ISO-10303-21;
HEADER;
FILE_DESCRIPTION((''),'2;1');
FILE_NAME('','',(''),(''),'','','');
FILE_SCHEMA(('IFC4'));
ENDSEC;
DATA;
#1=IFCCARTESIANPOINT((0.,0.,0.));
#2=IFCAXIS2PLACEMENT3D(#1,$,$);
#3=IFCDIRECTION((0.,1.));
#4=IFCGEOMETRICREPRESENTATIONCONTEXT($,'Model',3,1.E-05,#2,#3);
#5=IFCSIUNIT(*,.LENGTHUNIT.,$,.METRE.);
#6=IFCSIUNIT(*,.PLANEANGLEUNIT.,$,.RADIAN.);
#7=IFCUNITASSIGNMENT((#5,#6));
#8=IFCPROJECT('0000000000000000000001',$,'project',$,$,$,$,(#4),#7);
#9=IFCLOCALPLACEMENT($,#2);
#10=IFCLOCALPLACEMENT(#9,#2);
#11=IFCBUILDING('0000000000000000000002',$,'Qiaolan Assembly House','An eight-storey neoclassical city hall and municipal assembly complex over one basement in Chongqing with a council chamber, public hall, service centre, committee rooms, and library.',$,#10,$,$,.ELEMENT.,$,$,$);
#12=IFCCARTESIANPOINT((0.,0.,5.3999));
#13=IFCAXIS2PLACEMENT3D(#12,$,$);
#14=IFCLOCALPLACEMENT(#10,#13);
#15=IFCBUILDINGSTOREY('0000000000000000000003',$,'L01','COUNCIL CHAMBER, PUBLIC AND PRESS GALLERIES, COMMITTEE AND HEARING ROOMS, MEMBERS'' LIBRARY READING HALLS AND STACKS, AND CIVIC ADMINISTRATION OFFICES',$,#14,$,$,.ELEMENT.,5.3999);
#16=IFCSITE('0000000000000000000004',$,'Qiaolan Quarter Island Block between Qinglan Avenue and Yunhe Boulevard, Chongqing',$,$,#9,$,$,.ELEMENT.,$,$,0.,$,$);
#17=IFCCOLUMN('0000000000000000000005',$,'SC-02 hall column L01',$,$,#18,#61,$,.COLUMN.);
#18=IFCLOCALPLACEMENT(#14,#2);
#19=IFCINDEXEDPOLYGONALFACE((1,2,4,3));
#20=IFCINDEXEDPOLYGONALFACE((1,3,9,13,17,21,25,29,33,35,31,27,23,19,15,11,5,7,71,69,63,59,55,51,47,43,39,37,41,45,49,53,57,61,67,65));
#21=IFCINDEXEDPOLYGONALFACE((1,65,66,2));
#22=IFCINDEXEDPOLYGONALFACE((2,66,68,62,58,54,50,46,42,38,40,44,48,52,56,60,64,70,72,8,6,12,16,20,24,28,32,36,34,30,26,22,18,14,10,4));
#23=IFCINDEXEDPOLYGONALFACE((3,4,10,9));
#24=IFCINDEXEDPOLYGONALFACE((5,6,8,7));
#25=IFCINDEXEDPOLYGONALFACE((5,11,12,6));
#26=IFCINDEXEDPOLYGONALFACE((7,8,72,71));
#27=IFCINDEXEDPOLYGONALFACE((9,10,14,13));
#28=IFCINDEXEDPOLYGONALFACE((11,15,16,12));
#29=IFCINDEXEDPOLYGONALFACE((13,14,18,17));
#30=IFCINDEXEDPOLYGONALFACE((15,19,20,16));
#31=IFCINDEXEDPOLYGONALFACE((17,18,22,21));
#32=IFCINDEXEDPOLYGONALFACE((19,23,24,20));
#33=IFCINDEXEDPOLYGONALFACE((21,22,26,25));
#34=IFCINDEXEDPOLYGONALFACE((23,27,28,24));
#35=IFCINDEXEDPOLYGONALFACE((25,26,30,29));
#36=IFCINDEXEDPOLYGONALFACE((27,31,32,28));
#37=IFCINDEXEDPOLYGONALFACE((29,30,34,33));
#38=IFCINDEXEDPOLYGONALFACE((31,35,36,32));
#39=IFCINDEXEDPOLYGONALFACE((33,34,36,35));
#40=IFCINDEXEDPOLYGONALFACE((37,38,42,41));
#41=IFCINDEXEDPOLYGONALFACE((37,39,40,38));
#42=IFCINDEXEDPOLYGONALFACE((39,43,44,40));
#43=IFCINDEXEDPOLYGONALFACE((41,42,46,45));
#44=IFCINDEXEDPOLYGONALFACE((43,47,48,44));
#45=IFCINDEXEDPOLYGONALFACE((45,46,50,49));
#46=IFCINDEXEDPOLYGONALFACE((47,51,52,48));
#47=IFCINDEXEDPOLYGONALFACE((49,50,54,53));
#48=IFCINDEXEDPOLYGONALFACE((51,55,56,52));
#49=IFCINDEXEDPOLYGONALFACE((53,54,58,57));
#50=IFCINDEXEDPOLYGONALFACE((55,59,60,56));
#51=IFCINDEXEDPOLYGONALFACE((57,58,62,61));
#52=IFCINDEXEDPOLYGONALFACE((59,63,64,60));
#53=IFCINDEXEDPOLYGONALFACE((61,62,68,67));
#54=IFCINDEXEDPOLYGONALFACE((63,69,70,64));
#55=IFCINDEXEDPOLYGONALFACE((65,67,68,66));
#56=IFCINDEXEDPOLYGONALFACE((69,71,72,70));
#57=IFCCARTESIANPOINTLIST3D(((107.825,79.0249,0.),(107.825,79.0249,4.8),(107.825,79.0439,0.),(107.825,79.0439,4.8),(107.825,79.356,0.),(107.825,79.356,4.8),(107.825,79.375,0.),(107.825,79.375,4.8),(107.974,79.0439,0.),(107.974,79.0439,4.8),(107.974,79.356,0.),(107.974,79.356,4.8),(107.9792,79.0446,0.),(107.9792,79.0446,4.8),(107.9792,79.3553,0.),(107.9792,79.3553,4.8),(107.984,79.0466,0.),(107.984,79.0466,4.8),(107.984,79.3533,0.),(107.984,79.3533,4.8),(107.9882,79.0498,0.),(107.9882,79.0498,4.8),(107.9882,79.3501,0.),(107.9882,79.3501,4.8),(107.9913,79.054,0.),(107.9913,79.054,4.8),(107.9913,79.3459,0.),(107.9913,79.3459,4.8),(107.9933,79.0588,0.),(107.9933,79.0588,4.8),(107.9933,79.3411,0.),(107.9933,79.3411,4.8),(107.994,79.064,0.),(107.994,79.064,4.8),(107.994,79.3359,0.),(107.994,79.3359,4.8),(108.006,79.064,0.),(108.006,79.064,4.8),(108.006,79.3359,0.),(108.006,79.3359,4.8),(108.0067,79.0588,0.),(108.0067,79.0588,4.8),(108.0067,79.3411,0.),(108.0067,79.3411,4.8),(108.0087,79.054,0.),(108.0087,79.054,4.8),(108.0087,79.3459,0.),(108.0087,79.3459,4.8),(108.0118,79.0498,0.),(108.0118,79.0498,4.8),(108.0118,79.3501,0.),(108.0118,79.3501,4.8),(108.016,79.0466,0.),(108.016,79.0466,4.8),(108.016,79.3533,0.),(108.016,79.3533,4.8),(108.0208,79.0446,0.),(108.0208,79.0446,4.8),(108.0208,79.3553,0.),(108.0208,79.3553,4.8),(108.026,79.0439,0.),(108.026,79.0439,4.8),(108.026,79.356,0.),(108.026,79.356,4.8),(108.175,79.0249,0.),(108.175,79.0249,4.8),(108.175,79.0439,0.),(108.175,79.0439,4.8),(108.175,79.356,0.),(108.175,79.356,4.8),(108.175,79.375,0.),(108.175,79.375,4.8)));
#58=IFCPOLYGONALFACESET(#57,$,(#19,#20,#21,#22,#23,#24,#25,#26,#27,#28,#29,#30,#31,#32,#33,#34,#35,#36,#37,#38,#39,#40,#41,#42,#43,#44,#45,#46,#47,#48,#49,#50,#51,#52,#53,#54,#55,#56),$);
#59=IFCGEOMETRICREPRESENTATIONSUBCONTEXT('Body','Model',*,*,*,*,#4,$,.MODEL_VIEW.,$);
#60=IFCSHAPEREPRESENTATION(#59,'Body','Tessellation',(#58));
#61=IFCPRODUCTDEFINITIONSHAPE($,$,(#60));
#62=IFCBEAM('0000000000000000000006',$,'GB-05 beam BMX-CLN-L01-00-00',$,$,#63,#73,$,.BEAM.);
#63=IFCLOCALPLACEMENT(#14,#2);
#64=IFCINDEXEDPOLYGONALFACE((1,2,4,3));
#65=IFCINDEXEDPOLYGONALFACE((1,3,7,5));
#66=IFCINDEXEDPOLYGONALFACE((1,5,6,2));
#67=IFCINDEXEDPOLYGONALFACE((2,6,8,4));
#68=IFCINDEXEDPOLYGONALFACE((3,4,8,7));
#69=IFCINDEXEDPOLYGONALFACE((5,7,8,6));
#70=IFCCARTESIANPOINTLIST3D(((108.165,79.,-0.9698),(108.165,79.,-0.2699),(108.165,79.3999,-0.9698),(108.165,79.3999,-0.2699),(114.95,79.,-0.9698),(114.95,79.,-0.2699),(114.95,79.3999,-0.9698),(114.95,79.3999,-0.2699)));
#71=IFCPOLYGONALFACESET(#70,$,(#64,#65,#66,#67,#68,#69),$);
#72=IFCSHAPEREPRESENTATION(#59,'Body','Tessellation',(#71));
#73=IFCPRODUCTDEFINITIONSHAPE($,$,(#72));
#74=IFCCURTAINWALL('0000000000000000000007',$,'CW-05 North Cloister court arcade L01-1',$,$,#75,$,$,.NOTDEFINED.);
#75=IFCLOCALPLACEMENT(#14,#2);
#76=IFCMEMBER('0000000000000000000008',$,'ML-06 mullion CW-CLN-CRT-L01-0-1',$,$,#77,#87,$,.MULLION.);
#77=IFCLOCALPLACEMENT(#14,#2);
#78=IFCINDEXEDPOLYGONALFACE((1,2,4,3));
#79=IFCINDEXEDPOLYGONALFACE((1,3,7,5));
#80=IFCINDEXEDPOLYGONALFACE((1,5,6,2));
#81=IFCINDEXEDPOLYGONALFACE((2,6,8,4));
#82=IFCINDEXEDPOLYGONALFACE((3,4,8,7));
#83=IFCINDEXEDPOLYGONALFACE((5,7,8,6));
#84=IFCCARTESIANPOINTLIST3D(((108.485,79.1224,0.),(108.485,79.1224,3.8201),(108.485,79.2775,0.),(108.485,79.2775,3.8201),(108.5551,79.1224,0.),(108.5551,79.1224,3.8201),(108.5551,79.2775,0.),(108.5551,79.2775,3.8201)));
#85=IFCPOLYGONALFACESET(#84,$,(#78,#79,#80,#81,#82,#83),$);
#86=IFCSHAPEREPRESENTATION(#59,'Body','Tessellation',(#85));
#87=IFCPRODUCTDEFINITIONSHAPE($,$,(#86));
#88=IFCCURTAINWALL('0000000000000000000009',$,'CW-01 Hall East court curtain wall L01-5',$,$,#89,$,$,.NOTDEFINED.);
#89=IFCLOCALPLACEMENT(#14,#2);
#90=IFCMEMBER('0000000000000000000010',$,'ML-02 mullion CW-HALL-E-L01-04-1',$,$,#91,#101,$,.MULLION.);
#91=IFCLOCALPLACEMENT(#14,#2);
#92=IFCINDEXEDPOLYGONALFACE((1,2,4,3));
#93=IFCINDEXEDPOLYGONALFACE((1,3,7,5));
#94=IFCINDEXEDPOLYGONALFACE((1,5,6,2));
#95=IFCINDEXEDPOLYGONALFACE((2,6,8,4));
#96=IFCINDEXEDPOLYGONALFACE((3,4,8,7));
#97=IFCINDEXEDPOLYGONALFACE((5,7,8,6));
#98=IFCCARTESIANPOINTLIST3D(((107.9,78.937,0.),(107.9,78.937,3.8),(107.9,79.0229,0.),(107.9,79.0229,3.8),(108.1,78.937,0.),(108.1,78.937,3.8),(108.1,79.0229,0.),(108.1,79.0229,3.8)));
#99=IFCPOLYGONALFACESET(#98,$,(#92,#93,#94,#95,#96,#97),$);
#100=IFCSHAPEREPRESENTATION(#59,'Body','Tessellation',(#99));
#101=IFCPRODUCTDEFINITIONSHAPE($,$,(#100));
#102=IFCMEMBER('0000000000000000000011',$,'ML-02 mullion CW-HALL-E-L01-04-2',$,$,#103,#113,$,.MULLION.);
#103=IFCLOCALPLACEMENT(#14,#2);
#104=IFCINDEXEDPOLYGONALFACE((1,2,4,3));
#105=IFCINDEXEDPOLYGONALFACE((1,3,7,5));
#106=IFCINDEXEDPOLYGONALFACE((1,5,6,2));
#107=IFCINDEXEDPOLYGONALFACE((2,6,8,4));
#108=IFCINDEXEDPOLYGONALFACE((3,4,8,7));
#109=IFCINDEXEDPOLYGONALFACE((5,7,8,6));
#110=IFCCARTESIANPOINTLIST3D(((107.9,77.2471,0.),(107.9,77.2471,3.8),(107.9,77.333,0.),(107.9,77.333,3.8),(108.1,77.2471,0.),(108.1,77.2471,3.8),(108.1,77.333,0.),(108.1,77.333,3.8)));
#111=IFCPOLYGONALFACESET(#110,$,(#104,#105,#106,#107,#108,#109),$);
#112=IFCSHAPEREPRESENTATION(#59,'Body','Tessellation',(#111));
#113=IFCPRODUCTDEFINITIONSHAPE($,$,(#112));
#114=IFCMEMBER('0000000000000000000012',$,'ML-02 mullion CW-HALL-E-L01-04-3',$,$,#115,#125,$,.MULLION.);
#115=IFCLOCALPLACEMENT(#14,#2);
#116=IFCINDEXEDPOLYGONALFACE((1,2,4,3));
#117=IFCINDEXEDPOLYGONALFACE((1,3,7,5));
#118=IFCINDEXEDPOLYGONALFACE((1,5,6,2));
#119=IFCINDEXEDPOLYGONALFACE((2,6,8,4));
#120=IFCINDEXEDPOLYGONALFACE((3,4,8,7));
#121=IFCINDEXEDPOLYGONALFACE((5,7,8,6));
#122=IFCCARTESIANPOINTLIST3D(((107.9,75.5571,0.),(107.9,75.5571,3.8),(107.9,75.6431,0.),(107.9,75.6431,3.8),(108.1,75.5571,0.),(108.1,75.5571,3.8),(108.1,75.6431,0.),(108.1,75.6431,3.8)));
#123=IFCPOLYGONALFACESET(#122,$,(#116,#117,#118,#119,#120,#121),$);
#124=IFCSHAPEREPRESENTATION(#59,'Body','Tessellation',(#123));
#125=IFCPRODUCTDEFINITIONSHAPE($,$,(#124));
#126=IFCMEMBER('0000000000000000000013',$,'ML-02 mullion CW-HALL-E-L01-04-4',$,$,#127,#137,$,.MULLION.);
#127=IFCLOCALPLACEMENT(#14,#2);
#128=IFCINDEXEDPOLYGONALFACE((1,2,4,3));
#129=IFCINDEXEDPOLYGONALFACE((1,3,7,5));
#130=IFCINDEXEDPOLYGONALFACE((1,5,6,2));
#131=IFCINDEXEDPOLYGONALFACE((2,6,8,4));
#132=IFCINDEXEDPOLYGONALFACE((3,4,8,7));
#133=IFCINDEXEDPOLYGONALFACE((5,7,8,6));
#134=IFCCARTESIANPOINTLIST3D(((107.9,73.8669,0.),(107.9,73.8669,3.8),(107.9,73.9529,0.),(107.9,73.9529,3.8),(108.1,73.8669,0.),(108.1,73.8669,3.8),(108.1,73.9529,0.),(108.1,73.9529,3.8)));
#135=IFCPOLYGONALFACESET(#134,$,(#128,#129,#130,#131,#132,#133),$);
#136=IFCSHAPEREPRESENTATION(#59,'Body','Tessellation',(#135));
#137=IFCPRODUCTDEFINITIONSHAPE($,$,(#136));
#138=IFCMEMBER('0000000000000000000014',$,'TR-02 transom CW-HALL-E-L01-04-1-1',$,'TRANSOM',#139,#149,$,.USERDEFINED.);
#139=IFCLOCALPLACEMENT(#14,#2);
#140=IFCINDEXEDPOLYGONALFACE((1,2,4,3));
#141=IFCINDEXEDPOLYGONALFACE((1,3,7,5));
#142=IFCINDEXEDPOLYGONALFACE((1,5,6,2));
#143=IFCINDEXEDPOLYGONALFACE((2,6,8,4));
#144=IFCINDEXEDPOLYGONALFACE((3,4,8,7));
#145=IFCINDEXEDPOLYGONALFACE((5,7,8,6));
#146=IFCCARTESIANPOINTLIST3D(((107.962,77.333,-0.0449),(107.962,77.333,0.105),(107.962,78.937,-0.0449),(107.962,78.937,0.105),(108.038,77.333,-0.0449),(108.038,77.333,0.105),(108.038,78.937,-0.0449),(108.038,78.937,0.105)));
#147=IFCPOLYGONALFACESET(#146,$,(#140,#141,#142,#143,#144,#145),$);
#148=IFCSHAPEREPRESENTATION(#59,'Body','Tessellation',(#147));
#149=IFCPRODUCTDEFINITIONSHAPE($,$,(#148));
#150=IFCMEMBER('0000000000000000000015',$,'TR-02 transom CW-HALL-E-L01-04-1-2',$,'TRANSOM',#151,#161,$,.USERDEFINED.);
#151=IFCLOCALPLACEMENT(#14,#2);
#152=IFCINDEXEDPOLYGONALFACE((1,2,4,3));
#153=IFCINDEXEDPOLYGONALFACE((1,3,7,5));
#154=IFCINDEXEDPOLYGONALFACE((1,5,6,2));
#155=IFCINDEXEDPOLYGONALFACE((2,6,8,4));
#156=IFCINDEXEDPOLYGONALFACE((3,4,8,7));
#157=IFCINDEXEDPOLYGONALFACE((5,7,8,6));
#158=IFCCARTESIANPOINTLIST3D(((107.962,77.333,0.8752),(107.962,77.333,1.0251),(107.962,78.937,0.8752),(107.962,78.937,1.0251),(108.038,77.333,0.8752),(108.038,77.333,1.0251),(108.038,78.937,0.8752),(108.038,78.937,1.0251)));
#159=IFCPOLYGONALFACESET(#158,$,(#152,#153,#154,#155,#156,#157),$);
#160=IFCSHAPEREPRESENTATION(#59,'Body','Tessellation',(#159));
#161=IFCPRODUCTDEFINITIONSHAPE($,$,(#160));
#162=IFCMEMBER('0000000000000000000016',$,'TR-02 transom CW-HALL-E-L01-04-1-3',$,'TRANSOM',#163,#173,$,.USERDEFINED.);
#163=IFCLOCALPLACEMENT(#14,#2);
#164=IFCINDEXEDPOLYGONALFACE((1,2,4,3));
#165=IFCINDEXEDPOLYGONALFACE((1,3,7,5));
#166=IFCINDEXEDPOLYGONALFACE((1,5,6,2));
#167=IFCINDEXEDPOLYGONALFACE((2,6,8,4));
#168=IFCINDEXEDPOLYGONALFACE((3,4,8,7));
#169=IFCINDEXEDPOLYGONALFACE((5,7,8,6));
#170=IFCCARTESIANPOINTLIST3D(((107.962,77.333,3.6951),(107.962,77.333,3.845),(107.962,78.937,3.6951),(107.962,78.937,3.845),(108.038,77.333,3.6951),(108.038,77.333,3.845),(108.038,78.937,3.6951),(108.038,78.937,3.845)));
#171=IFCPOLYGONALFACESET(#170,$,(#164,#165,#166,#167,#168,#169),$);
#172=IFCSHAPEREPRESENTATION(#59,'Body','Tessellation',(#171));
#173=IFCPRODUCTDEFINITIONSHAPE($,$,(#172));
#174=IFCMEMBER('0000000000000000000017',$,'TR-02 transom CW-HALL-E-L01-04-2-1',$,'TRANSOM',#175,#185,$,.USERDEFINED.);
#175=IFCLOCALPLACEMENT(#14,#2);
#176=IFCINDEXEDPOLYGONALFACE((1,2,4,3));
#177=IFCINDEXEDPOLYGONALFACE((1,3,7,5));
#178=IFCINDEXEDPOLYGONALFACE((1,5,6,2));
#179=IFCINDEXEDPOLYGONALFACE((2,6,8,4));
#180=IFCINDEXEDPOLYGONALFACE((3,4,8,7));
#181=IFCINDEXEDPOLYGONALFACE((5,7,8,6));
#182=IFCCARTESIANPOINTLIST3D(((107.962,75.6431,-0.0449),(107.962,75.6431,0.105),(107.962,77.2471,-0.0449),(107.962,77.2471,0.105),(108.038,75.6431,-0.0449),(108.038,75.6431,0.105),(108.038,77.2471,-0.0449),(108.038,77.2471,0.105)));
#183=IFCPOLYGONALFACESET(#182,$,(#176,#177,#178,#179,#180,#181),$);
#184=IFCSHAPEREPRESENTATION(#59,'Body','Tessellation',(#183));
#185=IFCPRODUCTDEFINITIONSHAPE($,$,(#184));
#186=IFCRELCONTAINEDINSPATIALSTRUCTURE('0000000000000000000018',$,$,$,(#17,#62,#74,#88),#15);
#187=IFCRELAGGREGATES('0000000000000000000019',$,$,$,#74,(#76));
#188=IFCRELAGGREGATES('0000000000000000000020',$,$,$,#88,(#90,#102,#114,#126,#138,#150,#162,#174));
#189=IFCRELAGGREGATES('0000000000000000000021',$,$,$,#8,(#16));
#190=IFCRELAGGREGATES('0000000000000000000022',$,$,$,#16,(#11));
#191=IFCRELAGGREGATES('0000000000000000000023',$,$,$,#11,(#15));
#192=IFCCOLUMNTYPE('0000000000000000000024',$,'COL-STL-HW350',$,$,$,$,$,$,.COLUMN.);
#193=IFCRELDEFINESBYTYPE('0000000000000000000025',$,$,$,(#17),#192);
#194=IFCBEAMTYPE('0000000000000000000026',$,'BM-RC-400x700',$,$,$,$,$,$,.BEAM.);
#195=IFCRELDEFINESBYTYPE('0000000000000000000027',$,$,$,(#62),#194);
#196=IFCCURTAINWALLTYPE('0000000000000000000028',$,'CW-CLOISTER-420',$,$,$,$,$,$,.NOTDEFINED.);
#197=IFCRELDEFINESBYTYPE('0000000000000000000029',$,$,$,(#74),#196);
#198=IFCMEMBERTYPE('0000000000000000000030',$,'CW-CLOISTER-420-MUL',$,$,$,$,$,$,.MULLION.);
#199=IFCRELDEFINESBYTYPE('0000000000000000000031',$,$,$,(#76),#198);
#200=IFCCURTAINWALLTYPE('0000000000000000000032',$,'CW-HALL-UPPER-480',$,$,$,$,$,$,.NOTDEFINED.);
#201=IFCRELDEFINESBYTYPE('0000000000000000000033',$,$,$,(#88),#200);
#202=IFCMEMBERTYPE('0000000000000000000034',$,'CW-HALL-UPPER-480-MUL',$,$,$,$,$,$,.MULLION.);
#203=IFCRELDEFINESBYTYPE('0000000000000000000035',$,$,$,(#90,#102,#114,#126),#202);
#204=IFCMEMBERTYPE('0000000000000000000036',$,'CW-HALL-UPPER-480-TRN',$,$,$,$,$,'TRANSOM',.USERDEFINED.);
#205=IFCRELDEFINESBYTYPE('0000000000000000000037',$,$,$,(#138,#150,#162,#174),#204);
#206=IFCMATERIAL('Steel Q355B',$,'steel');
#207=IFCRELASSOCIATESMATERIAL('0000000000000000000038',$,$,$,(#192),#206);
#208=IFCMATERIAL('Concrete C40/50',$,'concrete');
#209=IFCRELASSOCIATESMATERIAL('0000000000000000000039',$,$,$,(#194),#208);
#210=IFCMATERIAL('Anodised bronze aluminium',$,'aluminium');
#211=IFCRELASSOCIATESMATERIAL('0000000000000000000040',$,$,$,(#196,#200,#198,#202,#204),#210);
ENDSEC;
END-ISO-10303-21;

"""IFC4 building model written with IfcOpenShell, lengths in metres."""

from ifc_helpers import new_model, si_unit, direction, frame, origin, origin_2d, place, context, subcontext, project, spatial, rectangle, i_section, extrude, material, material_profile, profile_set, type_object, element, aggregate, save


model = new_model("IFC4")

# Units and contexts
model_context = context("Model", 3, precision=1e-05, world=origin(), true_north=direction((0.0, 1.0)))
body_context = subcontext(model_context, "Body", "Model", "MODEL_VIEW")
ifc_project = project(units=[si_unit("LENGTHUNIT", "METRE"), si_unit("PLANEANGLEUNIT", "RADIAN")], contexts=[model_context])

# Site, building, storey
site_placement = place(None, origin())
site = spatial("IfcSite", under=ifc_project, at=site_placement, Name="Qiaolan Quarter Island Block between Qinglan Avenue and Yunhe Boulevard, Chongqing", CompositionType="ELEMENT", RefElevation=0.0)
building_placement = place(site_placement, origin())
building = spatial("IfcBuilding", under=site, at=building_placement, Name="Qiaolan Assembly House", Description="An eight-storey neoclassical city hall and municipal assembly complex over one basement in Chongqing with a council chamber, public hall, service centre, committee rooms, and library.", CompositionType="ELEMENT")
storey_placement = place(building_placement, frame((0.0, 0.0, 5.3999)))
storey = spatial("IfcBuildingStorey", under=building, at=storey_placement, Name="L01", Description="COUNCIL CHAMBER, PUBLIC AND PRESS GALLERIES, COMMITTEE AND HEARING ROOMS, MEMBERS' LIBRARY READING HALLS AND STACKS, AND CIVIC ADMINISTRATION OFFICES", CompositionType="ELEMENT", Elevation=5.3999)

# Column
ifc_material_1 = material(Name="Steel Q355B", Category="steel")
ifc_material_profile_1 = material_profile(ifc_material_1, i_section(OverallWidth=0.3501, OverallDepth=0.3501, WebThickness=0.012, FlangeThickness=0.019, FilletRadius=0.02, at=origin_2d()), Name="HW 350x350x12x19")
ifc_profile_set_1 = profile_set([ifc_material_profile_1], Name="Steel Q355B")
column_type = type_object("IfcColumnType", Name="COL-STL-HW350", PredefinedType="COLUMN", material=ifc_profile_set_1)
column_placement = place(storey_placement, frame((108.0, 79.2, 0.0), z_axis=(0.0, 0.0, 1.0), x_axis=(1.0, 0.0, 0.0)))
element("IfcColumn", 1, at=column_placement, inside=storey, type_object=column_type, Name="SC-02 hall column L01", PredefinedType="COLUMN", context=body_context, shape_type="SweptSolid", body=[
    extrude(i_section(OverallWidth=0.3501, OverallDepth=0.3501, WebThickness=0.012, FlangeThickness=0.019, FilletRadius=0.02, at=origin_2d()), origin(), (0.0, 0.0, 1.0), 4.8),
])

# Beam
ifc_material_2 = material(Name="Concrete C40/50", Category="concrete")
ifc_material_profile_2 = material_profile(ifc_material_2, rectangle(XDim=0.3999, YDim=0.7, at=origin_2d()), Name="RCB 400x700")
ifc_profile_set_2 = profile_set([ifc_material_profile_2], Name="Concrete C40/50")
beam_type = type_object("IfcBeamType", Name="BM-RC-400x700", PredefinedType="BEAM", material=ifc_profile_set_2)
beam_placement = place(storey_placement, frame((108.165, 79.2, -0.6199), z_axis=(1.0, 0.0, 0.0), x_axis=(0.0, 1.0, 0.0)))
element("IfcBeam", 2, at=beam_placement, inside=storey, type_object=beam_type, Name="GB-05 beam BMX-CLN-L01-00-00", PredefinedType="BEAM", context=body_context, shape_type="SweptSolid", body=[
    extrude(rectangle(XDim=0.3999, YDim=0.7, at=origin_2d()), origin(), (0.0, 0.0, 1.0), 6.7849),
])

# Curtain wall, member
ifc_material_3 = material(Name="Anodised bronze aluminium", Category="aluminium")
curtain_wall_type_1 = type_object("IfcCurtainWallType", Name="CW-CLOISTER-420", PredefinedType="NOTDEFINED", material=ifc_material_3)
curtain_wall_1_placement = place(storey_placement, origin())
curtain_wall_1 = element("IfcCurtainWall", 3, at=curtain_wall_1_placement, inside=storey, type_object=curtain_wall_type_1, Name="CW-05 North Cloister court arcade L01-1", PredefinedType="NOTDEFINED")
ifc_material_profile_3 = material_profile(ifc_material_3, rectangle(XDim=0.0701, YDim=0.155, at=origin_2d()), Name="MUL 70x155")
ifc_profile_set_3 = profile_set([ifc_material_profile_3], Name="Anodised bronze aluminium")
member_type_1 = type_object("IfcMemberType", Name="CW-CLOISTER-420-MUL", PredefinedType="MULLION", material=ifc_profile_set_3)
member_1_placement = place(storey_placement, frame((108.52, 79.2, 0.0), z_axis=(0.0, 0.0, 1.0), x_axis=(1.0, 0.0, 0.0)))
member_1 = element("IfcMember", 4, at=member_1_placement, type_object=member_type_1, Name="ML-06 mullion CW-CLN-CRT-L01-0-1", PredefinedType="MULLION", context=body_context, shape_type="SweptSolid", body=[
    extrude(rectangle(XDim=0.0701, YDim=0.155, at=origin_2d()), origin(), (0.0, 0.0, 1.0), 3.8201),
])

# Curtain wall, members
curtain_wall_type_2 = type_object("IfcCurtainWallType", Name="CW-HALL-UPPER-480", PredefinedType="NOTDEFINED", material=ifc_material_3)
curtain_wall_2_placement = place(storey_placement, origin())
curtain_wall_2 = element("IfcCurtainWall", 5, at=curtain_wall_2_placement, inside=storey, type_object=curtain_wall_type_2, Name="CW-01 Hall East court curtain wall L01-5", PredefinedType="NOTDEFINED")
ifc_material_profile_4 = material_profile(ifc_material_3, rectangle(XDim=0.0859, YDim=0.2, at=origin_2d()), Name="MUL 86x200")
ifc_profile_set_4 = profile_set([ifc_material_profile_4], Name="Anodised bronze aluminium")
member_type_2 = type_object("IfcMemberType", Name="CW-HALL-UPPER-480-MUL", PredefinedType="MULLION", material=ifc_profile_set_4)
member_2_placement = place(storey_placement, frame((108.0, 78.98, 0.0), z_axis=(0.0, 0.0, 1.0), x_axis=(0.0, -1.0, 0.0)))
member_2 = element("IfcMember", 6, at=member_2_placement, type_object=member_type_2, Name="ML-02 mullion CW-HALL-E-L01-04-1", PredefinedType="MULLION", context=body_context, shape_type="SweptSolid", body=[
    extrude(rectangle(XDim=0.0859, YDim=0.2, at=origin_2d()), origin(), (0.0, 0.0, 1.0), 3.8),
])
member_3_placement = place(storey_placement, frame((108.0, 77.29, 0.0), z_axis=(0.0, 0.0, 1.0), x_axis=(0.0, -1.0, 0.0)))
member_3 = element("IfcMember", 7, at=member_3_placement, type_object=member_type_2, Name="ML-02 mullion CW-HALL-E-L01-04-2", PredefinedType="MULLION", context=body_context, shape_type="SweptSolid", body=[
    extrude(rectangle(XDim=0.0859, YDim=0.2, at=origin_2d()), origin(), (0.0, 0.0, 1.0), 3.8),
])
member_4_placement = place(storey_placement, frame((108.0, 75.6001, 0.0), z_axis=(0.0, 0.0, 1.0), x_axis=(0.0, -1.0, 0.0)))
member_4 = element("IfcMember", 8, at=member_4_placement, type_object=member_type_2, Name="ML-02 mullion CW-HALL-E-L01-04-3", PredefinedType="MULLION", context=body_context, shape_type="SweptSolid", body=[
    extrude(rectangle(XDim=0.0859, YDim=0.2, at=origin_2d()), origin(), (0.0, 0.0, 1.0), 3.8),
])
member_5_placement = place(storey_placement, frame((108.0, 73.9099, 0.0), z_axis=(0.0, 0.0, 1.0), x_axis=(0.0, -1.0, 0.0)))
member_5 = element("IfcMember", 9, at=member_5_placement, type_object=member_type_2, Name="ML-02 mullion CW-HALL-E-L01-04-4", PredefinedType="MULLION", context=body_context, shape_type="SweptSolid", body=[
    extrude(rectangle(XDim=0.0859, YDim=0.2, at=origin_2d()), origin(), (0.0, 0.0, 1.0), 3.8),
])
ifc_material_profile_5 = material_profile(ifc_material_3, rectangle(XDim=0.0759, YDim=0.1499, at=origin_2d()), Name="TRN 76x150")
ifc_profile_set_5 = profile_set([ifc_material_profile_5], Name="Anodised bronze aluminium")
member_type_3 = type_object("IfcMemberType", Name="CW-HALL-UPPER-480-TRN", ElementType="TRANSOM", PredefinedType="USERDEFINED", material=ifc_profile_set_5)
member_6_placement = place(storey_placement, frame((108.0, 78.937, 0.03), z_axis=(0.0, -1.0, 0.0), x_axis=(1.0, 0.0, 0.0)))
member_6 = element("IfcMember", 10, at=member_6_placement, type_object=member_type_3, Name="TR-02 transom CW-HALL-E-L01-04-1-1", ObjectType="TRANSOM", PredefinedType="USERDEFINED", context=body_context, shape_type="SweptSolid", body=[
    extrude(rectangle(XDim=0.0759, YDim=0.1499, at=origin_2d()), origin(), (0.0, 0.0, 1.0), 1.604),
])
member_7_placement = place(storey_placement, frame((108.0, 78.937, 0.9502), z_axis=(0.0, -1.0, 0.0), x_axis=(1.0, 0.0, 0.0)))
member_7 = element("IfcMember", 11, at=member_7_placement, type_object=member_type_3, Name="TR-02 transom CW-HALL-E-L01-04-1-2", ObjectType="TRANSOM", PredefinedType="USERDEFINED", context=body_context, shape_type="SweptSolid", body=[
    extrude(rectangle(XDim=0.0759, YDim=0.1499, at=origin_2d()), origin(), (0.0, 0.0, 1.0), 1.604),
])
member_8_placement = place(storey_placement, frame((108.0, 78.937, 3.77), z_axis=(0.0, -1.0, 0.0), x_axis=(1.0, 0.0, 0.0)))
member_8 = element("IfcMember", 12, at=member_8_placement, type_object=member_type_3, Name="TR-02 transom CW-HALL-E-L01-04-1-3", ObjectType="TRANSOM", PredefinedType="USERDEFINED", context=body_context, shape_type="SweptSolid", body=[
    extrude(rectangle(XDim=0.0759, YDim=0.1499, at=origin_2d()), origin(), (0.0, 0.0, 1.0), 1.604),
])
member_9_placement = place(storey_placement, frame((108.0, 77.2471, 0.03), z_axis=(0.0, -1.0, 0.0), x_axis=(1.0, 0.0, 0.0)))
member_9 = element("IfcMember", 13, at=member_9_placement, type_object=member_type_3, Name="TR-02 transom CW-HALL-E-L01-04-2-1", ObjectType="TRANSOM", PredefinedType="USERDEFINED", context=body_context, shape_type="SweptSolid", body=[
    extrude(rectangle(XDim=0.0759, YDim=0.1499, at=origin_2d()), origin(), (0.0, 0.0, 1.0), 1.604),
])

aggregate(curtain_wall_1, [member_1])
aggregate(curtain_wall_2, [member_2, member_3, member_4, member_5, member_6, member_7, member_8, member_9])

save(model, "model.ifc")
